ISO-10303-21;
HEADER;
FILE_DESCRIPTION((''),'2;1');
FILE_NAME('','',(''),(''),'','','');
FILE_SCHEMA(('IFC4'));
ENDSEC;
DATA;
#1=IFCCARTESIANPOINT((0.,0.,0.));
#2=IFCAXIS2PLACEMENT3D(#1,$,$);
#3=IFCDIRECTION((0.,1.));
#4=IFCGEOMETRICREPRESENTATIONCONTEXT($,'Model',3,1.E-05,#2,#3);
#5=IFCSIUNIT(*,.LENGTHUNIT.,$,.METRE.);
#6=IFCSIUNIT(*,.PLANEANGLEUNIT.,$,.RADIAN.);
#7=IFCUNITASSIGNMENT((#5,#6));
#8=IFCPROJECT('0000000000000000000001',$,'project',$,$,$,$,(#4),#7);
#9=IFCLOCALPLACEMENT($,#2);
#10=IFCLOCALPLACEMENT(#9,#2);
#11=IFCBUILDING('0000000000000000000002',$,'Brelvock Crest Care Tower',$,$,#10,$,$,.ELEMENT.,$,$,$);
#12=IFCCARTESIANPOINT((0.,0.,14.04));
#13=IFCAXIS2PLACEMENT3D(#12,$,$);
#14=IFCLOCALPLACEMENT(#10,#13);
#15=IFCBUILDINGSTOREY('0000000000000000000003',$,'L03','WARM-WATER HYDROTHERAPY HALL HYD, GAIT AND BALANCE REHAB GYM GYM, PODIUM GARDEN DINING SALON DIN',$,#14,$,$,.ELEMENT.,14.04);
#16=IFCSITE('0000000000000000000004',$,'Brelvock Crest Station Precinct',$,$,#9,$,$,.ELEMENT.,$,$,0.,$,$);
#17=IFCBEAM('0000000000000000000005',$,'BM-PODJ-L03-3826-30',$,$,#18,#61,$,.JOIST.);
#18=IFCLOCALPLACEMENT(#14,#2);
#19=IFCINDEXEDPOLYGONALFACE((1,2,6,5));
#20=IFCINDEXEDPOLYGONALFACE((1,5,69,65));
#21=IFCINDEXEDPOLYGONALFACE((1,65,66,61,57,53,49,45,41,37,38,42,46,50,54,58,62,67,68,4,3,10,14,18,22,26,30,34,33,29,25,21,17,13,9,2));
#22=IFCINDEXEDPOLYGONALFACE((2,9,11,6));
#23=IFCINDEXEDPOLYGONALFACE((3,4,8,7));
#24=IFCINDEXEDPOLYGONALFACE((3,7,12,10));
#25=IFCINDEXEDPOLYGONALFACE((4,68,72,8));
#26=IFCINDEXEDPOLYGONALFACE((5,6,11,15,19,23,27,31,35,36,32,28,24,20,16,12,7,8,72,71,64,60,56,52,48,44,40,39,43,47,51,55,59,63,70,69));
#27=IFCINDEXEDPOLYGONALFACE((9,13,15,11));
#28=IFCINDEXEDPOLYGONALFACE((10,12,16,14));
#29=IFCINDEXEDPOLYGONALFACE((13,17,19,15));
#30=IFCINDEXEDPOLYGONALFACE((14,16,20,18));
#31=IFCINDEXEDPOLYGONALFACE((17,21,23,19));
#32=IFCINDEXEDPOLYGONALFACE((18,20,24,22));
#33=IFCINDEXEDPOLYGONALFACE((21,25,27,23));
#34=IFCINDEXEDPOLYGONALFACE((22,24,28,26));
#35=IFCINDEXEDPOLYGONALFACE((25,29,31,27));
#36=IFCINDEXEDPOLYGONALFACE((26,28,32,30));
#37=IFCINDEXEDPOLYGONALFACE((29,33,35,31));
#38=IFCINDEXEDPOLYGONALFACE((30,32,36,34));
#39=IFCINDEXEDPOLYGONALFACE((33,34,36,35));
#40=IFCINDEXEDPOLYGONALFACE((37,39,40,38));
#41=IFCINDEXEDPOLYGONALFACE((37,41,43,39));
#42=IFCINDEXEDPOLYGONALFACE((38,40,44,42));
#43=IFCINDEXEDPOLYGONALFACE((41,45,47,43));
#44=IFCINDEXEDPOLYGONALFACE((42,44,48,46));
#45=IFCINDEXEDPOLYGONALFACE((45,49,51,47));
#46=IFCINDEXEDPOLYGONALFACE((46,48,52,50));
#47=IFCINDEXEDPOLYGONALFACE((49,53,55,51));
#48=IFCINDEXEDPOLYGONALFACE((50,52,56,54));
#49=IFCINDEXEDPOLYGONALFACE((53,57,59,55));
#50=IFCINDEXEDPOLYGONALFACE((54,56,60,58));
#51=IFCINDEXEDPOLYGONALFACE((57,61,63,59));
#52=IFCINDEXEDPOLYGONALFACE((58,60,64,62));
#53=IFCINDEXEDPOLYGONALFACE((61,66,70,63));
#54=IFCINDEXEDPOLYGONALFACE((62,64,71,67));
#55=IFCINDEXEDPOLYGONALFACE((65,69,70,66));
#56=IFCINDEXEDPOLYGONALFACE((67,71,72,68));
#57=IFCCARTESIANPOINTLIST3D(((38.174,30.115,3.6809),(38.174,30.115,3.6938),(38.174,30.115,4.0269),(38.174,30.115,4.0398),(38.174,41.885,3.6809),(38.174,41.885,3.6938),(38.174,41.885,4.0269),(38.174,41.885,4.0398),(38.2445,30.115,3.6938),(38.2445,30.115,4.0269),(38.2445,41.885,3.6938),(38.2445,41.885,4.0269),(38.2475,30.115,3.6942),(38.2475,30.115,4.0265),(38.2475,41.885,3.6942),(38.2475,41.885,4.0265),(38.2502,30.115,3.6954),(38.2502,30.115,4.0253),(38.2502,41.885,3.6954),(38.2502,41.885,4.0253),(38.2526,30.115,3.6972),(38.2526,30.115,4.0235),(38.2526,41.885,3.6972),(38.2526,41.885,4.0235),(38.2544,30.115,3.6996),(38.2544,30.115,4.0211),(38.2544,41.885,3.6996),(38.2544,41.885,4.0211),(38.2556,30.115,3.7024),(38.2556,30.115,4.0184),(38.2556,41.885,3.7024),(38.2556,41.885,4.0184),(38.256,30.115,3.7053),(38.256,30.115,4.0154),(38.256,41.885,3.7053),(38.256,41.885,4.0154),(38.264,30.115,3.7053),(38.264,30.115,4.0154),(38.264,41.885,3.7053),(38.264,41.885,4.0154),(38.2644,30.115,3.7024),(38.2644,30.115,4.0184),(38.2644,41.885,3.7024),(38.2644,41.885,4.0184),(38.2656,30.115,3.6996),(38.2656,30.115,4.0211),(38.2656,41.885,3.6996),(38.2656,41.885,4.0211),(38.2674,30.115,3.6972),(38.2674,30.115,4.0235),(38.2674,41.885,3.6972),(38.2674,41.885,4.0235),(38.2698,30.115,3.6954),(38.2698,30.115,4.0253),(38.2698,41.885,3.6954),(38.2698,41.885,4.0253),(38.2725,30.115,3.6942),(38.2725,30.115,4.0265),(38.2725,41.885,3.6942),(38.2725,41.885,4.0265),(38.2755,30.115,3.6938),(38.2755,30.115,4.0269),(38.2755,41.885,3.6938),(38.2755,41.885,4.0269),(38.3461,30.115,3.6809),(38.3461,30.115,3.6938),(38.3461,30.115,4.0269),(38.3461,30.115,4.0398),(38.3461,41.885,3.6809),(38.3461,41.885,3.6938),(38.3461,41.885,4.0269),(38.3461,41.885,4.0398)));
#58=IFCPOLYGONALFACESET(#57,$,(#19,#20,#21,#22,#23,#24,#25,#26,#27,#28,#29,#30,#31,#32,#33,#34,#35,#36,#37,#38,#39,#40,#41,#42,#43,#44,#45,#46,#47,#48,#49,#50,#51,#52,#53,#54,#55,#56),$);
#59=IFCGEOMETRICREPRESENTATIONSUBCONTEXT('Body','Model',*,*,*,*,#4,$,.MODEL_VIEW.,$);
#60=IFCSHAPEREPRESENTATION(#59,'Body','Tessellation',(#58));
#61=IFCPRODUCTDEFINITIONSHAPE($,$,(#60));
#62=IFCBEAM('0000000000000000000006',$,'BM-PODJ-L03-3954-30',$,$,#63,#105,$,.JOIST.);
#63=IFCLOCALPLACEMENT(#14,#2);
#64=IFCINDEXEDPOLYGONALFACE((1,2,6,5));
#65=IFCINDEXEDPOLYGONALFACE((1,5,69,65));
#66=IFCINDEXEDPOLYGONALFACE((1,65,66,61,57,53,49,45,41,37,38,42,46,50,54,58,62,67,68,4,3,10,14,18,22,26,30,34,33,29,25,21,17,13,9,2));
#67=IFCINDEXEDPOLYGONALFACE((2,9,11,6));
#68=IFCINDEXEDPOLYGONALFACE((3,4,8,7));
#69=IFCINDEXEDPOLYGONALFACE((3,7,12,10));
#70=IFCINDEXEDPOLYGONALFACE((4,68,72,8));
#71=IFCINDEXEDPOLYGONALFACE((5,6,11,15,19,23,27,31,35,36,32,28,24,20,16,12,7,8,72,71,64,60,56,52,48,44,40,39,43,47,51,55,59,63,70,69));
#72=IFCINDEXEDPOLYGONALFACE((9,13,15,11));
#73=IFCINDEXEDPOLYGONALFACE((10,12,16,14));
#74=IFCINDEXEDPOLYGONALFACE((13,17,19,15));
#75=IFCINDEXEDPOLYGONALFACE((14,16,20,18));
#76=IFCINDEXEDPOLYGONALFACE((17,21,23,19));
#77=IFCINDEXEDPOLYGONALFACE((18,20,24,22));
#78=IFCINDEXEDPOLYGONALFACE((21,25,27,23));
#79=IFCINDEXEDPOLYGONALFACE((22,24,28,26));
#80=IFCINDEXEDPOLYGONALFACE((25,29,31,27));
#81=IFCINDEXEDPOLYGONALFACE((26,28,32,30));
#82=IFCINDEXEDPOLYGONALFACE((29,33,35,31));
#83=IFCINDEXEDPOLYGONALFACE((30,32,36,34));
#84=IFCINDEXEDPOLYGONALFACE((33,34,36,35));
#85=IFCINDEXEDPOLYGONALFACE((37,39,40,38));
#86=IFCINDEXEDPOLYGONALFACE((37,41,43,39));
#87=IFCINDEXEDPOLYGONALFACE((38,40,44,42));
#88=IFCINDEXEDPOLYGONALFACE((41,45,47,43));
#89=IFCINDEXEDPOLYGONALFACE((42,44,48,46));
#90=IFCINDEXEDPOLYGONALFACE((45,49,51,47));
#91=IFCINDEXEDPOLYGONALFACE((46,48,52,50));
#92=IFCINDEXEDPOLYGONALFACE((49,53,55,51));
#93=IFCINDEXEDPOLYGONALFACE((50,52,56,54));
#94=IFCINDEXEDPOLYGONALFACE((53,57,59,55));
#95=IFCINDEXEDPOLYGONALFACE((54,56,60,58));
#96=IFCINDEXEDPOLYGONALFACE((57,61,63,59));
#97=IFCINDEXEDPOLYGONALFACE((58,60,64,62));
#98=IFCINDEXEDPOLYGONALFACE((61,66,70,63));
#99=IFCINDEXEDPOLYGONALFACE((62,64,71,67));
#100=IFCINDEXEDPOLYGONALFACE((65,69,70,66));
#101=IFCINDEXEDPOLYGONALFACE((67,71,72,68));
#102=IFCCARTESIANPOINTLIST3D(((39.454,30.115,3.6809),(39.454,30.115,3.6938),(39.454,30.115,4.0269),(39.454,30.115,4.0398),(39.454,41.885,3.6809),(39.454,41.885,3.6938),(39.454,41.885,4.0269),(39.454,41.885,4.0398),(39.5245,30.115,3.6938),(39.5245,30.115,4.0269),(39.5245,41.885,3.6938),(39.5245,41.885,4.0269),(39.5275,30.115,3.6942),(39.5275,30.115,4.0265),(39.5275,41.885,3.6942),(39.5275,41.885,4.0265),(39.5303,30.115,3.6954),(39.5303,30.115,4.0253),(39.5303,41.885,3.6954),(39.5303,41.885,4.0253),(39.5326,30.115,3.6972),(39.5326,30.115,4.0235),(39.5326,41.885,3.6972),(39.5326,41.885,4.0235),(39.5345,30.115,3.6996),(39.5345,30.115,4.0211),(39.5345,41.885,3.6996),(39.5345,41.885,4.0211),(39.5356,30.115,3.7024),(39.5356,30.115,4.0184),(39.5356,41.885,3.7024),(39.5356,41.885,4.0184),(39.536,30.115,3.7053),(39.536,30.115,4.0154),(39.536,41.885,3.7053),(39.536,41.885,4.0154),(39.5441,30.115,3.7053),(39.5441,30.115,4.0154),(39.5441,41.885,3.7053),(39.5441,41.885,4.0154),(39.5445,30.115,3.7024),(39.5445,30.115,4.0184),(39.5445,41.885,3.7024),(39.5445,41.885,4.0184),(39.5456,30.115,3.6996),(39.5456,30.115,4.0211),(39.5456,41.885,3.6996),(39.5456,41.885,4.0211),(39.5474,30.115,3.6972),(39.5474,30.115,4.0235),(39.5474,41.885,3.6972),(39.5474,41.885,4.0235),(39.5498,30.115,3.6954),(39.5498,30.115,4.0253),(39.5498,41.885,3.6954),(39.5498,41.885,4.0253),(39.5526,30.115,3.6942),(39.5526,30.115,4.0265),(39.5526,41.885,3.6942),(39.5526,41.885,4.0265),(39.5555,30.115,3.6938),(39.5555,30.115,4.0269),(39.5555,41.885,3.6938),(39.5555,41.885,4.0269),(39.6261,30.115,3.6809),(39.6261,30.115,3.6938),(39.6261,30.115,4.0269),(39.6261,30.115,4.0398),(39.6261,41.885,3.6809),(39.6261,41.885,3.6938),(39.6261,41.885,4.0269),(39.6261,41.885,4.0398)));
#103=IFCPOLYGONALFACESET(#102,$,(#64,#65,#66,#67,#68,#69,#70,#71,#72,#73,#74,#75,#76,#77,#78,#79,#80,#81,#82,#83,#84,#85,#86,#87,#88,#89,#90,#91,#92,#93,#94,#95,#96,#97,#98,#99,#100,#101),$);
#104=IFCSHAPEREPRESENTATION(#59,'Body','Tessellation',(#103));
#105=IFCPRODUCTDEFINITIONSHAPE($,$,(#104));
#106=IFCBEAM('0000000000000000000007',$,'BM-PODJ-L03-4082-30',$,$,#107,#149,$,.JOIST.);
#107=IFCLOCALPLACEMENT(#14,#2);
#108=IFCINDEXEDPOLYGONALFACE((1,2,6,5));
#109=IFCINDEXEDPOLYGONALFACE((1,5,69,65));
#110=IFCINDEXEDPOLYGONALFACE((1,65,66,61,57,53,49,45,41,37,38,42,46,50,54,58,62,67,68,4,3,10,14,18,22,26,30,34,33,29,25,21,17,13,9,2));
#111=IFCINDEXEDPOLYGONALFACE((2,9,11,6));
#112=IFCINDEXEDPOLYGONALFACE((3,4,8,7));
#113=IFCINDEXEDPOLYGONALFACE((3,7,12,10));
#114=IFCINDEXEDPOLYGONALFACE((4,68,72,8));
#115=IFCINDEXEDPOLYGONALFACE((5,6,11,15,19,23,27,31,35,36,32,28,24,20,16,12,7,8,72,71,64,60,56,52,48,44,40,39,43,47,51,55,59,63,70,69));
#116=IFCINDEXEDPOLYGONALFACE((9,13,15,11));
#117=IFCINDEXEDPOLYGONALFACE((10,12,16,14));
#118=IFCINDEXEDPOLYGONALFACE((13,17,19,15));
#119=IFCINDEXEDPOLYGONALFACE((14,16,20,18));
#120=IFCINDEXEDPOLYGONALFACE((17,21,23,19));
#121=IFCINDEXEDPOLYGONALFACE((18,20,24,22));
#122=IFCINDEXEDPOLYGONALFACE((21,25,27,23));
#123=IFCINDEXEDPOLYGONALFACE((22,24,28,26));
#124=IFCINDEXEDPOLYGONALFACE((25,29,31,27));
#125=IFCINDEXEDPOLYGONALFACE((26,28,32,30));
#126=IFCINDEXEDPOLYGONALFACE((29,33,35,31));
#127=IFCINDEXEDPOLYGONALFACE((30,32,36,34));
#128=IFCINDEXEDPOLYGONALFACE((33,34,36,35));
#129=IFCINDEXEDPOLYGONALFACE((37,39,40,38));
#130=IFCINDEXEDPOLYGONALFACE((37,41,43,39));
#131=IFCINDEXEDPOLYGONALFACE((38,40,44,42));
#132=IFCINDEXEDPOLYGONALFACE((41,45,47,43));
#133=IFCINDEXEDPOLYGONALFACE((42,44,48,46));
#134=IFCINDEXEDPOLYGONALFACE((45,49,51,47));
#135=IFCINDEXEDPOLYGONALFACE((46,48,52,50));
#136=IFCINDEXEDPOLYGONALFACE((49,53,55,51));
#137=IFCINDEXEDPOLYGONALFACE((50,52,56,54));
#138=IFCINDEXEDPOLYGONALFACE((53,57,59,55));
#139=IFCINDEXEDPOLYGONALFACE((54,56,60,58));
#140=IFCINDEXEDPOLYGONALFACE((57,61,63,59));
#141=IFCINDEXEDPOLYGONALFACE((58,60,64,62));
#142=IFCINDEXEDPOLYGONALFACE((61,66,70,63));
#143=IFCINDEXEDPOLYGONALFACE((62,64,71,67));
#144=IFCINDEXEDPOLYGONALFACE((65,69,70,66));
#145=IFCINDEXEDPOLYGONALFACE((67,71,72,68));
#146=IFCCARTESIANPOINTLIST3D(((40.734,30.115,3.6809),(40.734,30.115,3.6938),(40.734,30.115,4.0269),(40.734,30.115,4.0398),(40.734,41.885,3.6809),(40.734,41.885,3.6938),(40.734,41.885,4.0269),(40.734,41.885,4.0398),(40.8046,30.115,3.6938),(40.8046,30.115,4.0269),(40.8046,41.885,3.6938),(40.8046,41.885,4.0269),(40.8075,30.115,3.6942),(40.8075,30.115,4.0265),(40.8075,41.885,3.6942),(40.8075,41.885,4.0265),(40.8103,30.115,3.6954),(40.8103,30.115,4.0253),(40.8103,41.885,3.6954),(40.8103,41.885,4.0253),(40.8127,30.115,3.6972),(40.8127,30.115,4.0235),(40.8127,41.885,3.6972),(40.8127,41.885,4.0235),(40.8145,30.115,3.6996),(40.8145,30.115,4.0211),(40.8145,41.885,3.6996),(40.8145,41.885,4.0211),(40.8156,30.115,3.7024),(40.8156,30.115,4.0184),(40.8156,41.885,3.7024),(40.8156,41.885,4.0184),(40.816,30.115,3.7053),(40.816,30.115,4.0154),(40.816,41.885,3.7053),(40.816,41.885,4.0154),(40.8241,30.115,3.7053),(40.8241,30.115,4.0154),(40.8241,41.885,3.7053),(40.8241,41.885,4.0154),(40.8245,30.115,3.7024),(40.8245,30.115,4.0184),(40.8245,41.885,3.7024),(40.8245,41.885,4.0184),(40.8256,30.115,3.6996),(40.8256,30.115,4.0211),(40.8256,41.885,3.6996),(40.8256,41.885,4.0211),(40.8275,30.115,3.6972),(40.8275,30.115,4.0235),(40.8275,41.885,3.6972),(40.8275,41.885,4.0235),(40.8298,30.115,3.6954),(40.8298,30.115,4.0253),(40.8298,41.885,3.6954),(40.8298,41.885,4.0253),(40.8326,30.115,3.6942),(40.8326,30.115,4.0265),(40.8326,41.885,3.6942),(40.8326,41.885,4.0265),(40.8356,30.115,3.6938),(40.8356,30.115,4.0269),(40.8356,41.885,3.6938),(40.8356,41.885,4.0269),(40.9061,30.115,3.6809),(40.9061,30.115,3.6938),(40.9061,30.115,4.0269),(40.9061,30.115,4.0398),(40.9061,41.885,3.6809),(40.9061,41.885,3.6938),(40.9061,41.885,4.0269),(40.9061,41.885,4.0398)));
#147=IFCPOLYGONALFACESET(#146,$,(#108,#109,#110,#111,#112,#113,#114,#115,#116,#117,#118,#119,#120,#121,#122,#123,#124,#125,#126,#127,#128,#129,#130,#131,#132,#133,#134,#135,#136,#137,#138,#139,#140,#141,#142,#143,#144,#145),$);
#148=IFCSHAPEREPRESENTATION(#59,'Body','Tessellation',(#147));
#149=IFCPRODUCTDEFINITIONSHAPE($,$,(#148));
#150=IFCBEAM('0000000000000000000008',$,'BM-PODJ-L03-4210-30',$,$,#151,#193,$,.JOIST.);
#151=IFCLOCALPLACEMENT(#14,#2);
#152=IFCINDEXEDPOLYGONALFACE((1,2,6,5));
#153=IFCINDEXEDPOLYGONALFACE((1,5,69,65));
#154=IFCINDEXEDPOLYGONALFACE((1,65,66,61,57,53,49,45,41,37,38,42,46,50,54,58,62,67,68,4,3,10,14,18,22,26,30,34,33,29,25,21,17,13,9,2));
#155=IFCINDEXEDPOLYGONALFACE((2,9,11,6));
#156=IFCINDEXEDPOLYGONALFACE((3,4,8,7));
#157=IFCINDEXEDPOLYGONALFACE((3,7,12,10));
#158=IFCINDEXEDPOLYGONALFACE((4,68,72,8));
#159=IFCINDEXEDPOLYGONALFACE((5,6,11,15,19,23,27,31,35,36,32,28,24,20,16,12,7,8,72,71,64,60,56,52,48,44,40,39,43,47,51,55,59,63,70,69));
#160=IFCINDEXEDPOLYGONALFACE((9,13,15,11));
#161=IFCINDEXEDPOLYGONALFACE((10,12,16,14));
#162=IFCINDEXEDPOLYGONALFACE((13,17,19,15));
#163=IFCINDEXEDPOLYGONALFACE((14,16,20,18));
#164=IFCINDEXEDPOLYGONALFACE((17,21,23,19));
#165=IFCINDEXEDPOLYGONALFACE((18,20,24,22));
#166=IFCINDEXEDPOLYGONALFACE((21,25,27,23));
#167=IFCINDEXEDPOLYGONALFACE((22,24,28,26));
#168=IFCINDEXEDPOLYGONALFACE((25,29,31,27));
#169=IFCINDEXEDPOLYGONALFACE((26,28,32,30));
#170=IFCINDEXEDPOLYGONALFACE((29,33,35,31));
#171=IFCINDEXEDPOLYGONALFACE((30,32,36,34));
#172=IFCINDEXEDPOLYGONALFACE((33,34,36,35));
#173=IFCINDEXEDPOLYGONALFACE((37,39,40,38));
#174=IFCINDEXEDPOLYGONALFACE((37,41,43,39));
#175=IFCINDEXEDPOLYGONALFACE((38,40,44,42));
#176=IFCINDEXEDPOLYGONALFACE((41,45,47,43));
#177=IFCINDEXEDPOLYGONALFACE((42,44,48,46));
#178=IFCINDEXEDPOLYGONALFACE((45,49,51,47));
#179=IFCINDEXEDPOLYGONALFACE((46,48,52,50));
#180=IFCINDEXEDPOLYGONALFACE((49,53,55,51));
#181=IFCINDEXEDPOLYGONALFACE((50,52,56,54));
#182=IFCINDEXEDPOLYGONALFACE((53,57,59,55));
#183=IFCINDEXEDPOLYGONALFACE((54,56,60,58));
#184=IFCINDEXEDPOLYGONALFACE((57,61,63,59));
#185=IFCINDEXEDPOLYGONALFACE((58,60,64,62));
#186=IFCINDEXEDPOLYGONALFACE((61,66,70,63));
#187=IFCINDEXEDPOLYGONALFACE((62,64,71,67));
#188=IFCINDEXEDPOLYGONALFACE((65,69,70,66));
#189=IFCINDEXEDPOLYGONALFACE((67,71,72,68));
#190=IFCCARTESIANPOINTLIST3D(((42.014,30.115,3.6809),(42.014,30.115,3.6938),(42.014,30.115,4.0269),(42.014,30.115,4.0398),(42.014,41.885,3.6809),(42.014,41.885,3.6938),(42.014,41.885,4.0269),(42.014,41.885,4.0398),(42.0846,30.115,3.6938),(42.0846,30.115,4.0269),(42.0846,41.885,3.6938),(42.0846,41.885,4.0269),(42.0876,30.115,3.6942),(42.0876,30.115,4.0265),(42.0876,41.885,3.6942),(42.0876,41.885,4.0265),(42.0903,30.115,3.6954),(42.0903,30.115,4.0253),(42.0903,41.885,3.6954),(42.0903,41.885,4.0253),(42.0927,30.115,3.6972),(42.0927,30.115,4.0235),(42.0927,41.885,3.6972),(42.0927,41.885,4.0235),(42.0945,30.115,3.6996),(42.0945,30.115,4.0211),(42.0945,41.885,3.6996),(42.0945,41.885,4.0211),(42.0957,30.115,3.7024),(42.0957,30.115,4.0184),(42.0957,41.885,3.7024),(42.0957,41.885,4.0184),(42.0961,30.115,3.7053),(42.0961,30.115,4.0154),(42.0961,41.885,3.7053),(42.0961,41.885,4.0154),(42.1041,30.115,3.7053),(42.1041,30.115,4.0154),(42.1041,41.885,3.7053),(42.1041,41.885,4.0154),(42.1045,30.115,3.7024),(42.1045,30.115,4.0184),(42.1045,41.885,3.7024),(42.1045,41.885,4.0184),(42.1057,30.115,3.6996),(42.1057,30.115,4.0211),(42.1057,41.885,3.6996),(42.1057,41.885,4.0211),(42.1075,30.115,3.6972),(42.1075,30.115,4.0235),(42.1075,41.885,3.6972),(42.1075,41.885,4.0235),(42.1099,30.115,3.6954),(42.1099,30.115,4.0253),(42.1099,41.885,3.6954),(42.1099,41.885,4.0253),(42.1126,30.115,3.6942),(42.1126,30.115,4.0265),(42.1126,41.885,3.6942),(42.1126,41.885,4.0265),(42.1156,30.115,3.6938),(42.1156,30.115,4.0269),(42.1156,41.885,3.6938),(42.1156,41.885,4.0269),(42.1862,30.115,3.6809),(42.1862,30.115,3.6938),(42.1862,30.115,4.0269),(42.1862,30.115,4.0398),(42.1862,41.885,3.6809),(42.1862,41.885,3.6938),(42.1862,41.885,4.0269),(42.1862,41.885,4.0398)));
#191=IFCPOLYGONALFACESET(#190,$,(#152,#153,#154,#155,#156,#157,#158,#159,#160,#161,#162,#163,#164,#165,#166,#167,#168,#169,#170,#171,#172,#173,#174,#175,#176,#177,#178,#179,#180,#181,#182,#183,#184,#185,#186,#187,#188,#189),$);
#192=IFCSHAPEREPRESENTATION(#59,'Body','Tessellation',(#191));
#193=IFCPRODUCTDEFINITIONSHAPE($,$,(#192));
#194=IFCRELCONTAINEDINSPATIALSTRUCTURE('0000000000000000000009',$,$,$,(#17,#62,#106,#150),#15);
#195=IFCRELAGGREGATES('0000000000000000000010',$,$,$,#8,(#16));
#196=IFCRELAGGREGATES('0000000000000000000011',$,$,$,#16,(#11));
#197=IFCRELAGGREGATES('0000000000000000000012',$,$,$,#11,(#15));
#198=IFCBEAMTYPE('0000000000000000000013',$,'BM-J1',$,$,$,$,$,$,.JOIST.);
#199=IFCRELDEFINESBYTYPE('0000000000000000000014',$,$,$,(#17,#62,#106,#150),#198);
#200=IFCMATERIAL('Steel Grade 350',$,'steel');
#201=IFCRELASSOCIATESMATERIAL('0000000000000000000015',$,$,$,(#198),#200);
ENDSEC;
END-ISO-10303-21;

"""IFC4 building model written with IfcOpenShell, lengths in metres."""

from ifc_helpers import new_model, si_unit, direction, frame, origin, origin_2d, place, context, subcontext, project, spatial, i_section, extrude, source, transform, mapped, material, material_profile, profile_set, type_object, element, save


model = new_model("IFC4")

# Units and contexts
model_context = context("Model", 3, precision=1e-05, world=origin(), true_north=direction((0.0, 1.0)))
body_context = subcontext(model_context, "Body", "Model", "MODEL_VIEW")
ifc_project = project(units=[si_unit("LENGTHUNIT", "METRE"), si_unit("PLANEANGLEUNIT", "RADIAN")], contexts=[model_context])

# Site, building, storey
site_placement = place(None, origin())
site = spatial("IfcSite", under=ifc_project, at=site_placement, Name="Brelvock Crest Station Precinct", CompositionType="ELEMENT", RefElevation=0.0)
building_placement = place(site_placement, origin())
building = spatial("IfcBuilding", under=site, at=building_placement, Name="Brelvock Crest Care Tower", CompositionType="ELEMENT")
storey_placement = place(building_placement, frame((0.0, 0.0, 14.04)))
storey = spatial("IfcBuildingStorey", under=building, at=storey_placement, Name="L03", Description="WARM-WATER HYDROTHERAPY HALL HYD, GAIT AND BALANCE REHAB GYM GYM, PODIUM GARDEN DINING SALON DIN", CompositionType="ELEMENT", Elevation=14.04)

# Shared definitions
ifc_material_1 = material(Name="Steel Grade 350", Category="steel")

# Beams
ifc_material_profile_1 = material_profile(ifc_material_1, i_section(OverallWidth=0.1721, OverallDepth=0.3589, WebThickness=0.0081, FlangeThickness=0.0129, FilletRadius=0.0115, at=origin_2d()), Name="360UB56.7")
ifc_profile_set_1 = profile_set([ifc_material_profile_1], Name="Steel Grade 350")
beam_type_1 = type_object("IfcBeamType", Name="BM-J1", PredefinedType="JOIST", material=ifc_profile_set_1)
shared_shape_1 = source(origin(), body_context, "Body", "SweptSolid", [
    extrude(i_section(OverallWidth=0.1721, OverallDepth=0.3589, WebThickness=0.0081, FlangeThickness=0.0129, FilletRadius=0.0115, at=origin_2d()), origin(), (0.0, 0.0, 1.0), 11.77),
])
for number, where, z_axis, x_axis, name in (
    (1, (38.26, 30.115, 3.8604), (0.0, 1.0, 0.0), (-1.0, 0.0, 0.0), "BM-PODJ-L03-3826-30"),
    (2, (39.54, 30.115, 3.8604), (0.0, 1.0, 0.0), (-1.0, 0.0, 0.0), "BM-PODJ-L03-3954-30"),
    (3, (40.8201, 30.115, 3.8604), (0.0, 1.0, 0.0), (-1.0, 0.0, 0.0), "BM-PODJ-L03-4082-30"),
    (4, (42.1001, 30.115, 3.8604), (0.0, 1.0, 0.0), (-1.0, 0.0, 0.0), "BM-PODJ-L03-4210-30"),
):
    element("IfcBeam", number, at=place(storey_placement, frame(where, z_axis=z_axis, x_axis=x_axis)), inside=storey, type_object=beam_type_1, Name=name, PredefinedType="JOIST", context=body_context, shape_type="MappedRepresentation", body=[
        mapped(shared_shape_1, transform((0.0, 0.0, 0.0), x_axis=(1.0, 0.0, 0.0), y_axis=(0.0, 1.0, 0.0), z_axis=(0.0, 0.0, 1.0), scale=1.0)),
    ])

save(model, "model.ifc")
